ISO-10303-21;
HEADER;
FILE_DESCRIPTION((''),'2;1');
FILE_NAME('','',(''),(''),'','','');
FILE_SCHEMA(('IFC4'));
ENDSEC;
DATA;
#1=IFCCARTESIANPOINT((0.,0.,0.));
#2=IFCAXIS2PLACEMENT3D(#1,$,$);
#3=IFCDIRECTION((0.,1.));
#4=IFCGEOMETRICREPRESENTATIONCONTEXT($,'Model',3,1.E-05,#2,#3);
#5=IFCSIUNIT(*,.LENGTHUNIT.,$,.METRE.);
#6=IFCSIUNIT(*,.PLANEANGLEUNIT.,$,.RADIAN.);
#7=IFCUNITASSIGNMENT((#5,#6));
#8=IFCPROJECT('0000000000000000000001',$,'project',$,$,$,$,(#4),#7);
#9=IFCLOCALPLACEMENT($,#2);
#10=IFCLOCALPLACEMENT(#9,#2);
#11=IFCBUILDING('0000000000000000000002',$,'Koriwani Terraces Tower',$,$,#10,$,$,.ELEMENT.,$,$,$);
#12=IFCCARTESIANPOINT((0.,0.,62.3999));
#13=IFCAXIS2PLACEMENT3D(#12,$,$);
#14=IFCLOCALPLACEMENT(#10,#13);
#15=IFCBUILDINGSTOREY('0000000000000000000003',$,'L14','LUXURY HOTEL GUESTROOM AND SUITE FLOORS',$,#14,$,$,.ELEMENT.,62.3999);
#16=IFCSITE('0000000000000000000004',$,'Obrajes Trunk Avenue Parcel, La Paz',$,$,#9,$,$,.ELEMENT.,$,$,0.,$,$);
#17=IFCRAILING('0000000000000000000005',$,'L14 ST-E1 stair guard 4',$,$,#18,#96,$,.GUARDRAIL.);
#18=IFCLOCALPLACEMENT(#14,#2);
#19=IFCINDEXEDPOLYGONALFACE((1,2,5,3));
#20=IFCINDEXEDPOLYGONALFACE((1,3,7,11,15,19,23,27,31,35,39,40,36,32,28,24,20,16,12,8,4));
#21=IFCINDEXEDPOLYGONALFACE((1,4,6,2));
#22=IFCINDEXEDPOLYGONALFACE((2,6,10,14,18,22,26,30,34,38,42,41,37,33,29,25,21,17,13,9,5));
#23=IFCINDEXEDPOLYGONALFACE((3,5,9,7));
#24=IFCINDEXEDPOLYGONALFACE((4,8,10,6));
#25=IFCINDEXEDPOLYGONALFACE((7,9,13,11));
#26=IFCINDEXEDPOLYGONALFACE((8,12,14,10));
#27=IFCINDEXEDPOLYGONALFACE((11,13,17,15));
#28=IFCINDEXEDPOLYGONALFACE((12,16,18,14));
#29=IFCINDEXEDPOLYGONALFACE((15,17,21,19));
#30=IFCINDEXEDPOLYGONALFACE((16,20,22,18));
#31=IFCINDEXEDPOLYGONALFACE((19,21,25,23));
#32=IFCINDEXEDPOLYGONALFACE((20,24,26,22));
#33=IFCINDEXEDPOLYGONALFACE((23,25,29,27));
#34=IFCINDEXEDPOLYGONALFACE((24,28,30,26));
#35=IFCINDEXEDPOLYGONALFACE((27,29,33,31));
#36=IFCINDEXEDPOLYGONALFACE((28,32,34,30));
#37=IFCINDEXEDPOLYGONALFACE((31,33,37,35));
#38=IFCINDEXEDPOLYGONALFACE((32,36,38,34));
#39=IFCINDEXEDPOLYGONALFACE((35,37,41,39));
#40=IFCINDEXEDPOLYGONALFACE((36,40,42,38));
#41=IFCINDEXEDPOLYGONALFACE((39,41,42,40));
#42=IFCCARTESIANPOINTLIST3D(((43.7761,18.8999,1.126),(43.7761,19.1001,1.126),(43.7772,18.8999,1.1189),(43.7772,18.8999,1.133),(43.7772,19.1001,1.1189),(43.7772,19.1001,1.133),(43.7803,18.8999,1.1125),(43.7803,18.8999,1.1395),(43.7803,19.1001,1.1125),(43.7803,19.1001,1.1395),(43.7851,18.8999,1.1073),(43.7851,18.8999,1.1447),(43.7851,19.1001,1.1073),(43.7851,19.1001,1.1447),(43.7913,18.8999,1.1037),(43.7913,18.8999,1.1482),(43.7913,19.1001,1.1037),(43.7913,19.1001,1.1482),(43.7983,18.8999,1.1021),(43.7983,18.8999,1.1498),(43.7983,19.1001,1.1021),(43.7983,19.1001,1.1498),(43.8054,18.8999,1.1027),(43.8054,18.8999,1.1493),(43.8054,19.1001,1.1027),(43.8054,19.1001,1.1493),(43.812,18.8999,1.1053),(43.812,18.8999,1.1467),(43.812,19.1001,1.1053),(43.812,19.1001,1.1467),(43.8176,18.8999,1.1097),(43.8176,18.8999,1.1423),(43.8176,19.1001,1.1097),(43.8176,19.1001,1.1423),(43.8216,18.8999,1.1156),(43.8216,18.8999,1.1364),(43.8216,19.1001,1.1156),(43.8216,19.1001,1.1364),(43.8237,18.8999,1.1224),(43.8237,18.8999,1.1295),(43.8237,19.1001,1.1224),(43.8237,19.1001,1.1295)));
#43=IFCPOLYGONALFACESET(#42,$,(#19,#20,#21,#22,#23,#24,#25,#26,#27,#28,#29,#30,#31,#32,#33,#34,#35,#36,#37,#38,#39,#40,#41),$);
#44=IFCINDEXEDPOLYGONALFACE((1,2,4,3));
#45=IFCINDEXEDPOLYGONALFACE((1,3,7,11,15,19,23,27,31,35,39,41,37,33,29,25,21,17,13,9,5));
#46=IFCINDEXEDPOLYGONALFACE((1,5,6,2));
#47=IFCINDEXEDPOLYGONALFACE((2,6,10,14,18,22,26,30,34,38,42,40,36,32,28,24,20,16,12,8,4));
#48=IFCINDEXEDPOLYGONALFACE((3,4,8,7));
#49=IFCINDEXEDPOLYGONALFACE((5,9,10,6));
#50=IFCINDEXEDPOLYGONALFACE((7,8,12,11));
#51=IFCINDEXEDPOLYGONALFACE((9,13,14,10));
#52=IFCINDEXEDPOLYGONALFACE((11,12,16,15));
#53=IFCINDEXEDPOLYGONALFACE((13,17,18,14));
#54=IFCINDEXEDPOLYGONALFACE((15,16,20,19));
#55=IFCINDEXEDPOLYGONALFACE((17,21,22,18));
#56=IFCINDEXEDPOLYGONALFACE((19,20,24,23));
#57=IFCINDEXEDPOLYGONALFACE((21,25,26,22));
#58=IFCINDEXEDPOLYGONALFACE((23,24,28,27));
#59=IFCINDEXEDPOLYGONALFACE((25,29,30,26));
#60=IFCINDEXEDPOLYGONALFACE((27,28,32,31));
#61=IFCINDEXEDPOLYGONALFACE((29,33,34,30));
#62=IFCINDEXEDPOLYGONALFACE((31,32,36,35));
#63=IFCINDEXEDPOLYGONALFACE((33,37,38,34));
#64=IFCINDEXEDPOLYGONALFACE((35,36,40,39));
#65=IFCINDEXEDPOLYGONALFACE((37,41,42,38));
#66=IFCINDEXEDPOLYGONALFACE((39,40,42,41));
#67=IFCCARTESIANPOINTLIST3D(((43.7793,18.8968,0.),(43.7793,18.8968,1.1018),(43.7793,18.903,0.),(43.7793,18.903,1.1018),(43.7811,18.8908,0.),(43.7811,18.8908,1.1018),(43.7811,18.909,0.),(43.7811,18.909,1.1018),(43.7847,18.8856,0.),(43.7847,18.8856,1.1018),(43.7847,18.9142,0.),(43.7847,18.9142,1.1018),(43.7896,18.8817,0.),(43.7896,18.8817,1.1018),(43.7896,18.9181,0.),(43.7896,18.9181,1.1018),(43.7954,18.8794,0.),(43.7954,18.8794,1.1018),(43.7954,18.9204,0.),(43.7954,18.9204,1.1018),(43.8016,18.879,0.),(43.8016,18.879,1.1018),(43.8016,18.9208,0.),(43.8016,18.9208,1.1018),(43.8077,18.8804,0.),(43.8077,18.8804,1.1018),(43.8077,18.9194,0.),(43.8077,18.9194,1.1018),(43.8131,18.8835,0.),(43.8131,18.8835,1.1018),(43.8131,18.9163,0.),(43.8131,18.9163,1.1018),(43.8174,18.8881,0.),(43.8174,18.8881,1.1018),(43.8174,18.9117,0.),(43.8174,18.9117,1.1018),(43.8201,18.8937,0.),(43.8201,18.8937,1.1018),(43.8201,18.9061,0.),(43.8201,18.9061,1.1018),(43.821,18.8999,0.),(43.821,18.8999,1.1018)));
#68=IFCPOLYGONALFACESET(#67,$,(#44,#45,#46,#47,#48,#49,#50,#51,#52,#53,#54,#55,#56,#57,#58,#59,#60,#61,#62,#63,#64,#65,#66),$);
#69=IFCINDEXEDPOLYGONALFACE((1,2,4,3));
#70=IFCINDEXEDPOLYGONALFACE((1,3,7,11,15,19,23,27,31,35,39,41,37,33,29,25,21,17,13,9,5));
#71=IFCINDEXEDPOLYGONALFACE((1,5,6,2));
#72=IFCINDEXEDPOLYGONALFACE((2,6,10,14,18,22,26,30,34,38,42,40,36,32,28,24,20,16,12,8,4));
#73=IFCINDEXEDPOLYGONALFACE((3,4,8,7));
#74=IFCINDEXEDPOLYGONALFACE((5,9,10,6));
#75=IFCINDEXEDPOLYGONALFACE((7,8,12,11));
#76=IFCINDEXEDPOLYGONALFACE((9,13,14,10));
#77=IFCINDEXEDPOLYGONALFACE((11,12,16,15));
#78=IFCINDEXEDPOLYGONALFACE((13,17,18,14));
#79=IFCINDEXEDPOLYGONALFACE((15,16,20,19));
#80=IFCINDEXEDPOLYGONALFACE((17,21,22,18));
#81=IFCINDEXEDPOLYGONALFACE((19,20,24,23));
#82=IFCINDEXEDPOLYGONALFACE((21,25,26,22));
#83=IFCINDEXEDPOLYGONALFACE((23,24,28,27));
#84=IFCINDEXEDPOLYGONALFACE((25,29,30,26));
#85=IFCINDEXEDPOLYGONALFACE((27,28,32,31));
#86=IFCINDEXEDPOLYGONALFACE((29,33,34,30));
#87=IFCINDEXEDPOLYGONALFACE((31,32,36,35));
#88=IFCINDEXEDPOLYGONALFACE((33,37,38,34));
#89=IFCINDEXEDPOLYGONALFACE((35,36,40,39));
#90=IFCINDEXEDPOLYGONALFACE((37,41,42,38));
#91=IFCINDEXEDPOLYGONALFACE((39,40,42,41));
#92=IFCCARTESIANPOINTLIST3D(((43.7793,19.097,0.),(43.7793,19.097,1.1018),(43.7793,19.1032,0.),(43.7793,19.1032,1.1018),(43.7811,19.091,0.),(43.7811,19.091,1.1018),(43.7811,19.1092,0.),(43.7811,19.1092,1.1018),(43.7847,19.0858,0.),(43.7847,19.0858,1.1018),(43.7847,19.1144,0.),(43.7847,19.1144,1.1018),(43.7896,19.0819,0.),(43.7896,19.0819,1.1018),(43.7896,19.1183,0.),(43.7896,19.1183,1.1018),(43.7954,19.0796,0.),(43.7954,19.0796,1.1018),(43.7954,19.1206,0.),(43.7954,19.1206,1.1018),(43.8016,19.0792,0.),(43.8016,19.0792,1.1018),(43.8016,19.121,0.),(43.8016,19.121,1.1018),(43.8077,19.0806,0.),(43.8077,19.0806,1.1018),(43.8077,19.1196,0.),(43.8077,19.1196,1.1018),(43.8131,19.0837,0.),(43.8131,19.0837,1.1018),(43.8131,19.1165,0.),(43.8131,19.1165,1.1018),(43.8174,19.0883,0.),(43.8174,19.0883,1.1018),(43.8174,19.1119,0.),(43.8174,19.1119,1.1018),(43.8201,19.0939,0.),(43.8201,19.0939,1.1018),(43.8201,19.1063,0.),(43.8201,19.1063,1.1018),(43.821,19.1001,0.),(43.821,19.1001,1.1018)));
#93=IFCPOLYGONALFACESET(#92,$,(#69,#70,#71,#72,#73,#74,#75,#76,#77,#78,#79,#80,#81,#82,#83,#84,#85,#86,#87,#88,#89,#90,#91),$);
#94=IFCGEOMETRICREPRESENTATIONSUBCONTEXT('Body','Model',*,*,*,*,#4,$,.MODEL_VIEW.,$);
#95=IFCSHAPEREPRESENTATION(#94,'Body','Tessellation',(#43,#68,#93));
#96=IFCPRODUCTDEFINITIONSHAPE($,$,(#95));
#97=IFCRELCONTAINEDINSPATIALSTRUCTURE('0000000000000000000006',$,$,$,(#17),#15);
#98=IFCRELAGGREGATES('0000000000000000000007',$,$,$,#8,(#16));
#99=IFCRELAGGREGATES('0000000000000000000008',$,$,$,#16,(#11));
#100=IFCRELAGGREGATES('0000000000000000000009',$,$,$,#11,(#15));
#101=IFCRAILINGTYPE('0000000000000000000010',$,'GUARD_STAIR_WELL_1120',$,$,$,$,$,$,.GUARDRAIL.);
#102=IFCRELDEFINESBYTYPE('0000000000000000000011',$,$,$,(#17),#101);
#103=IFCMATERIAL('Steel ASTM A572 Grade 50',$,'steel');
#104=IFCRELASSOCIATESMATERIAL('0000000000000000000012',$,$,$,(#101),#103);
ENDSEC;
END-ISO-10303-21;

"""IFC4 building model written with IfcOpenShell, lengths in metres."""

from ifc_helpers import new_model, si_unit, direction, frame, origin, origin_2d, place, context, subcontext, project, spatial, circle, extrude, material, type_object, element, save


model = new_model("IFC4")

# Units and contexts
model_context = context("Model", 3, precision=1e-05, world=origin(), true_north=direction((0.0, 1.0)))
body_context = subcontext(model_context, "Body", "Model", "MODEL_VIEW")
ifc_project = project(units=[si_unit("LENGTHUNIT", "METRE"), si_unit("PLANEANGLEUNIT", "RADIAN")], contexts=[model_context])

# Site, building, storey
site_placement = place(None, origin())
site = spatial("IfcSite", under=ifc_project, at=site_placement, Name="Obrajes Trunk Avenue Parcel, La Paz", CompositionType="ELEMENT", RefElevation=0.0)
building_placement = place(site_placement, origin())
building = spatial("IfcBuilding", under=site, at=building_placement, Name="Koriwani Terraces Tower", CompositionType="ELEMENT")
storey_placement = place(building_placement, frame((0.0, 0.0, 62.3999)))
storey = spatial("IfcBuildingStorey", under=building, at=storey_placement, Name="L14", Description="LUXURY HOTEL GUESTROOM AND SUITE FLOORS", CompositionType="ELEMENT", Elevation=62.3999)

# Shared definitions
ifc_material_1 = material(Name="Steel ASTM A572 Grade 50", Category="steel")

# Railing
railing_type_1 = type_object("IfcRailingType", Name="GUARD_STAIR_WELL_1120", PredefinedType="GUARDRAIL", material=ifc_material_1)
railing_1_placement = place(storey_placement, frame((43.8, 18.8999, 0.0)))
element("IfcRailing", 1, at=railing_1_placement, inside=storey, type_object=railing_type_1, Name="L14 ST-E1 stair guard 4", PredefinedType="GUARDRAIL", context=body_context, shape_type="SweptSolid", body=[
    extrude(circle(Radius=0.0239, at=origin_2d()), frame((0.0, 0.0, 1.126), z_axis=(0.0, 1.0, 0.0), x_axis=(-1.0, 0.0, 0.0)), (0.0, 0.0, 1.0), 0.2002),
    extrude(circle(Radius=0.021, at=origin_2d()), origin(), (0.0, 0.0, 1.0), 1.1018),
    extrude(circle(Radius=0.021, at=origin_2d()), frame((0.0, 0.2002, 0.0)), (0.0, 0.0, 1.0), 1.1018),
])

save(model, "model.ifc")
